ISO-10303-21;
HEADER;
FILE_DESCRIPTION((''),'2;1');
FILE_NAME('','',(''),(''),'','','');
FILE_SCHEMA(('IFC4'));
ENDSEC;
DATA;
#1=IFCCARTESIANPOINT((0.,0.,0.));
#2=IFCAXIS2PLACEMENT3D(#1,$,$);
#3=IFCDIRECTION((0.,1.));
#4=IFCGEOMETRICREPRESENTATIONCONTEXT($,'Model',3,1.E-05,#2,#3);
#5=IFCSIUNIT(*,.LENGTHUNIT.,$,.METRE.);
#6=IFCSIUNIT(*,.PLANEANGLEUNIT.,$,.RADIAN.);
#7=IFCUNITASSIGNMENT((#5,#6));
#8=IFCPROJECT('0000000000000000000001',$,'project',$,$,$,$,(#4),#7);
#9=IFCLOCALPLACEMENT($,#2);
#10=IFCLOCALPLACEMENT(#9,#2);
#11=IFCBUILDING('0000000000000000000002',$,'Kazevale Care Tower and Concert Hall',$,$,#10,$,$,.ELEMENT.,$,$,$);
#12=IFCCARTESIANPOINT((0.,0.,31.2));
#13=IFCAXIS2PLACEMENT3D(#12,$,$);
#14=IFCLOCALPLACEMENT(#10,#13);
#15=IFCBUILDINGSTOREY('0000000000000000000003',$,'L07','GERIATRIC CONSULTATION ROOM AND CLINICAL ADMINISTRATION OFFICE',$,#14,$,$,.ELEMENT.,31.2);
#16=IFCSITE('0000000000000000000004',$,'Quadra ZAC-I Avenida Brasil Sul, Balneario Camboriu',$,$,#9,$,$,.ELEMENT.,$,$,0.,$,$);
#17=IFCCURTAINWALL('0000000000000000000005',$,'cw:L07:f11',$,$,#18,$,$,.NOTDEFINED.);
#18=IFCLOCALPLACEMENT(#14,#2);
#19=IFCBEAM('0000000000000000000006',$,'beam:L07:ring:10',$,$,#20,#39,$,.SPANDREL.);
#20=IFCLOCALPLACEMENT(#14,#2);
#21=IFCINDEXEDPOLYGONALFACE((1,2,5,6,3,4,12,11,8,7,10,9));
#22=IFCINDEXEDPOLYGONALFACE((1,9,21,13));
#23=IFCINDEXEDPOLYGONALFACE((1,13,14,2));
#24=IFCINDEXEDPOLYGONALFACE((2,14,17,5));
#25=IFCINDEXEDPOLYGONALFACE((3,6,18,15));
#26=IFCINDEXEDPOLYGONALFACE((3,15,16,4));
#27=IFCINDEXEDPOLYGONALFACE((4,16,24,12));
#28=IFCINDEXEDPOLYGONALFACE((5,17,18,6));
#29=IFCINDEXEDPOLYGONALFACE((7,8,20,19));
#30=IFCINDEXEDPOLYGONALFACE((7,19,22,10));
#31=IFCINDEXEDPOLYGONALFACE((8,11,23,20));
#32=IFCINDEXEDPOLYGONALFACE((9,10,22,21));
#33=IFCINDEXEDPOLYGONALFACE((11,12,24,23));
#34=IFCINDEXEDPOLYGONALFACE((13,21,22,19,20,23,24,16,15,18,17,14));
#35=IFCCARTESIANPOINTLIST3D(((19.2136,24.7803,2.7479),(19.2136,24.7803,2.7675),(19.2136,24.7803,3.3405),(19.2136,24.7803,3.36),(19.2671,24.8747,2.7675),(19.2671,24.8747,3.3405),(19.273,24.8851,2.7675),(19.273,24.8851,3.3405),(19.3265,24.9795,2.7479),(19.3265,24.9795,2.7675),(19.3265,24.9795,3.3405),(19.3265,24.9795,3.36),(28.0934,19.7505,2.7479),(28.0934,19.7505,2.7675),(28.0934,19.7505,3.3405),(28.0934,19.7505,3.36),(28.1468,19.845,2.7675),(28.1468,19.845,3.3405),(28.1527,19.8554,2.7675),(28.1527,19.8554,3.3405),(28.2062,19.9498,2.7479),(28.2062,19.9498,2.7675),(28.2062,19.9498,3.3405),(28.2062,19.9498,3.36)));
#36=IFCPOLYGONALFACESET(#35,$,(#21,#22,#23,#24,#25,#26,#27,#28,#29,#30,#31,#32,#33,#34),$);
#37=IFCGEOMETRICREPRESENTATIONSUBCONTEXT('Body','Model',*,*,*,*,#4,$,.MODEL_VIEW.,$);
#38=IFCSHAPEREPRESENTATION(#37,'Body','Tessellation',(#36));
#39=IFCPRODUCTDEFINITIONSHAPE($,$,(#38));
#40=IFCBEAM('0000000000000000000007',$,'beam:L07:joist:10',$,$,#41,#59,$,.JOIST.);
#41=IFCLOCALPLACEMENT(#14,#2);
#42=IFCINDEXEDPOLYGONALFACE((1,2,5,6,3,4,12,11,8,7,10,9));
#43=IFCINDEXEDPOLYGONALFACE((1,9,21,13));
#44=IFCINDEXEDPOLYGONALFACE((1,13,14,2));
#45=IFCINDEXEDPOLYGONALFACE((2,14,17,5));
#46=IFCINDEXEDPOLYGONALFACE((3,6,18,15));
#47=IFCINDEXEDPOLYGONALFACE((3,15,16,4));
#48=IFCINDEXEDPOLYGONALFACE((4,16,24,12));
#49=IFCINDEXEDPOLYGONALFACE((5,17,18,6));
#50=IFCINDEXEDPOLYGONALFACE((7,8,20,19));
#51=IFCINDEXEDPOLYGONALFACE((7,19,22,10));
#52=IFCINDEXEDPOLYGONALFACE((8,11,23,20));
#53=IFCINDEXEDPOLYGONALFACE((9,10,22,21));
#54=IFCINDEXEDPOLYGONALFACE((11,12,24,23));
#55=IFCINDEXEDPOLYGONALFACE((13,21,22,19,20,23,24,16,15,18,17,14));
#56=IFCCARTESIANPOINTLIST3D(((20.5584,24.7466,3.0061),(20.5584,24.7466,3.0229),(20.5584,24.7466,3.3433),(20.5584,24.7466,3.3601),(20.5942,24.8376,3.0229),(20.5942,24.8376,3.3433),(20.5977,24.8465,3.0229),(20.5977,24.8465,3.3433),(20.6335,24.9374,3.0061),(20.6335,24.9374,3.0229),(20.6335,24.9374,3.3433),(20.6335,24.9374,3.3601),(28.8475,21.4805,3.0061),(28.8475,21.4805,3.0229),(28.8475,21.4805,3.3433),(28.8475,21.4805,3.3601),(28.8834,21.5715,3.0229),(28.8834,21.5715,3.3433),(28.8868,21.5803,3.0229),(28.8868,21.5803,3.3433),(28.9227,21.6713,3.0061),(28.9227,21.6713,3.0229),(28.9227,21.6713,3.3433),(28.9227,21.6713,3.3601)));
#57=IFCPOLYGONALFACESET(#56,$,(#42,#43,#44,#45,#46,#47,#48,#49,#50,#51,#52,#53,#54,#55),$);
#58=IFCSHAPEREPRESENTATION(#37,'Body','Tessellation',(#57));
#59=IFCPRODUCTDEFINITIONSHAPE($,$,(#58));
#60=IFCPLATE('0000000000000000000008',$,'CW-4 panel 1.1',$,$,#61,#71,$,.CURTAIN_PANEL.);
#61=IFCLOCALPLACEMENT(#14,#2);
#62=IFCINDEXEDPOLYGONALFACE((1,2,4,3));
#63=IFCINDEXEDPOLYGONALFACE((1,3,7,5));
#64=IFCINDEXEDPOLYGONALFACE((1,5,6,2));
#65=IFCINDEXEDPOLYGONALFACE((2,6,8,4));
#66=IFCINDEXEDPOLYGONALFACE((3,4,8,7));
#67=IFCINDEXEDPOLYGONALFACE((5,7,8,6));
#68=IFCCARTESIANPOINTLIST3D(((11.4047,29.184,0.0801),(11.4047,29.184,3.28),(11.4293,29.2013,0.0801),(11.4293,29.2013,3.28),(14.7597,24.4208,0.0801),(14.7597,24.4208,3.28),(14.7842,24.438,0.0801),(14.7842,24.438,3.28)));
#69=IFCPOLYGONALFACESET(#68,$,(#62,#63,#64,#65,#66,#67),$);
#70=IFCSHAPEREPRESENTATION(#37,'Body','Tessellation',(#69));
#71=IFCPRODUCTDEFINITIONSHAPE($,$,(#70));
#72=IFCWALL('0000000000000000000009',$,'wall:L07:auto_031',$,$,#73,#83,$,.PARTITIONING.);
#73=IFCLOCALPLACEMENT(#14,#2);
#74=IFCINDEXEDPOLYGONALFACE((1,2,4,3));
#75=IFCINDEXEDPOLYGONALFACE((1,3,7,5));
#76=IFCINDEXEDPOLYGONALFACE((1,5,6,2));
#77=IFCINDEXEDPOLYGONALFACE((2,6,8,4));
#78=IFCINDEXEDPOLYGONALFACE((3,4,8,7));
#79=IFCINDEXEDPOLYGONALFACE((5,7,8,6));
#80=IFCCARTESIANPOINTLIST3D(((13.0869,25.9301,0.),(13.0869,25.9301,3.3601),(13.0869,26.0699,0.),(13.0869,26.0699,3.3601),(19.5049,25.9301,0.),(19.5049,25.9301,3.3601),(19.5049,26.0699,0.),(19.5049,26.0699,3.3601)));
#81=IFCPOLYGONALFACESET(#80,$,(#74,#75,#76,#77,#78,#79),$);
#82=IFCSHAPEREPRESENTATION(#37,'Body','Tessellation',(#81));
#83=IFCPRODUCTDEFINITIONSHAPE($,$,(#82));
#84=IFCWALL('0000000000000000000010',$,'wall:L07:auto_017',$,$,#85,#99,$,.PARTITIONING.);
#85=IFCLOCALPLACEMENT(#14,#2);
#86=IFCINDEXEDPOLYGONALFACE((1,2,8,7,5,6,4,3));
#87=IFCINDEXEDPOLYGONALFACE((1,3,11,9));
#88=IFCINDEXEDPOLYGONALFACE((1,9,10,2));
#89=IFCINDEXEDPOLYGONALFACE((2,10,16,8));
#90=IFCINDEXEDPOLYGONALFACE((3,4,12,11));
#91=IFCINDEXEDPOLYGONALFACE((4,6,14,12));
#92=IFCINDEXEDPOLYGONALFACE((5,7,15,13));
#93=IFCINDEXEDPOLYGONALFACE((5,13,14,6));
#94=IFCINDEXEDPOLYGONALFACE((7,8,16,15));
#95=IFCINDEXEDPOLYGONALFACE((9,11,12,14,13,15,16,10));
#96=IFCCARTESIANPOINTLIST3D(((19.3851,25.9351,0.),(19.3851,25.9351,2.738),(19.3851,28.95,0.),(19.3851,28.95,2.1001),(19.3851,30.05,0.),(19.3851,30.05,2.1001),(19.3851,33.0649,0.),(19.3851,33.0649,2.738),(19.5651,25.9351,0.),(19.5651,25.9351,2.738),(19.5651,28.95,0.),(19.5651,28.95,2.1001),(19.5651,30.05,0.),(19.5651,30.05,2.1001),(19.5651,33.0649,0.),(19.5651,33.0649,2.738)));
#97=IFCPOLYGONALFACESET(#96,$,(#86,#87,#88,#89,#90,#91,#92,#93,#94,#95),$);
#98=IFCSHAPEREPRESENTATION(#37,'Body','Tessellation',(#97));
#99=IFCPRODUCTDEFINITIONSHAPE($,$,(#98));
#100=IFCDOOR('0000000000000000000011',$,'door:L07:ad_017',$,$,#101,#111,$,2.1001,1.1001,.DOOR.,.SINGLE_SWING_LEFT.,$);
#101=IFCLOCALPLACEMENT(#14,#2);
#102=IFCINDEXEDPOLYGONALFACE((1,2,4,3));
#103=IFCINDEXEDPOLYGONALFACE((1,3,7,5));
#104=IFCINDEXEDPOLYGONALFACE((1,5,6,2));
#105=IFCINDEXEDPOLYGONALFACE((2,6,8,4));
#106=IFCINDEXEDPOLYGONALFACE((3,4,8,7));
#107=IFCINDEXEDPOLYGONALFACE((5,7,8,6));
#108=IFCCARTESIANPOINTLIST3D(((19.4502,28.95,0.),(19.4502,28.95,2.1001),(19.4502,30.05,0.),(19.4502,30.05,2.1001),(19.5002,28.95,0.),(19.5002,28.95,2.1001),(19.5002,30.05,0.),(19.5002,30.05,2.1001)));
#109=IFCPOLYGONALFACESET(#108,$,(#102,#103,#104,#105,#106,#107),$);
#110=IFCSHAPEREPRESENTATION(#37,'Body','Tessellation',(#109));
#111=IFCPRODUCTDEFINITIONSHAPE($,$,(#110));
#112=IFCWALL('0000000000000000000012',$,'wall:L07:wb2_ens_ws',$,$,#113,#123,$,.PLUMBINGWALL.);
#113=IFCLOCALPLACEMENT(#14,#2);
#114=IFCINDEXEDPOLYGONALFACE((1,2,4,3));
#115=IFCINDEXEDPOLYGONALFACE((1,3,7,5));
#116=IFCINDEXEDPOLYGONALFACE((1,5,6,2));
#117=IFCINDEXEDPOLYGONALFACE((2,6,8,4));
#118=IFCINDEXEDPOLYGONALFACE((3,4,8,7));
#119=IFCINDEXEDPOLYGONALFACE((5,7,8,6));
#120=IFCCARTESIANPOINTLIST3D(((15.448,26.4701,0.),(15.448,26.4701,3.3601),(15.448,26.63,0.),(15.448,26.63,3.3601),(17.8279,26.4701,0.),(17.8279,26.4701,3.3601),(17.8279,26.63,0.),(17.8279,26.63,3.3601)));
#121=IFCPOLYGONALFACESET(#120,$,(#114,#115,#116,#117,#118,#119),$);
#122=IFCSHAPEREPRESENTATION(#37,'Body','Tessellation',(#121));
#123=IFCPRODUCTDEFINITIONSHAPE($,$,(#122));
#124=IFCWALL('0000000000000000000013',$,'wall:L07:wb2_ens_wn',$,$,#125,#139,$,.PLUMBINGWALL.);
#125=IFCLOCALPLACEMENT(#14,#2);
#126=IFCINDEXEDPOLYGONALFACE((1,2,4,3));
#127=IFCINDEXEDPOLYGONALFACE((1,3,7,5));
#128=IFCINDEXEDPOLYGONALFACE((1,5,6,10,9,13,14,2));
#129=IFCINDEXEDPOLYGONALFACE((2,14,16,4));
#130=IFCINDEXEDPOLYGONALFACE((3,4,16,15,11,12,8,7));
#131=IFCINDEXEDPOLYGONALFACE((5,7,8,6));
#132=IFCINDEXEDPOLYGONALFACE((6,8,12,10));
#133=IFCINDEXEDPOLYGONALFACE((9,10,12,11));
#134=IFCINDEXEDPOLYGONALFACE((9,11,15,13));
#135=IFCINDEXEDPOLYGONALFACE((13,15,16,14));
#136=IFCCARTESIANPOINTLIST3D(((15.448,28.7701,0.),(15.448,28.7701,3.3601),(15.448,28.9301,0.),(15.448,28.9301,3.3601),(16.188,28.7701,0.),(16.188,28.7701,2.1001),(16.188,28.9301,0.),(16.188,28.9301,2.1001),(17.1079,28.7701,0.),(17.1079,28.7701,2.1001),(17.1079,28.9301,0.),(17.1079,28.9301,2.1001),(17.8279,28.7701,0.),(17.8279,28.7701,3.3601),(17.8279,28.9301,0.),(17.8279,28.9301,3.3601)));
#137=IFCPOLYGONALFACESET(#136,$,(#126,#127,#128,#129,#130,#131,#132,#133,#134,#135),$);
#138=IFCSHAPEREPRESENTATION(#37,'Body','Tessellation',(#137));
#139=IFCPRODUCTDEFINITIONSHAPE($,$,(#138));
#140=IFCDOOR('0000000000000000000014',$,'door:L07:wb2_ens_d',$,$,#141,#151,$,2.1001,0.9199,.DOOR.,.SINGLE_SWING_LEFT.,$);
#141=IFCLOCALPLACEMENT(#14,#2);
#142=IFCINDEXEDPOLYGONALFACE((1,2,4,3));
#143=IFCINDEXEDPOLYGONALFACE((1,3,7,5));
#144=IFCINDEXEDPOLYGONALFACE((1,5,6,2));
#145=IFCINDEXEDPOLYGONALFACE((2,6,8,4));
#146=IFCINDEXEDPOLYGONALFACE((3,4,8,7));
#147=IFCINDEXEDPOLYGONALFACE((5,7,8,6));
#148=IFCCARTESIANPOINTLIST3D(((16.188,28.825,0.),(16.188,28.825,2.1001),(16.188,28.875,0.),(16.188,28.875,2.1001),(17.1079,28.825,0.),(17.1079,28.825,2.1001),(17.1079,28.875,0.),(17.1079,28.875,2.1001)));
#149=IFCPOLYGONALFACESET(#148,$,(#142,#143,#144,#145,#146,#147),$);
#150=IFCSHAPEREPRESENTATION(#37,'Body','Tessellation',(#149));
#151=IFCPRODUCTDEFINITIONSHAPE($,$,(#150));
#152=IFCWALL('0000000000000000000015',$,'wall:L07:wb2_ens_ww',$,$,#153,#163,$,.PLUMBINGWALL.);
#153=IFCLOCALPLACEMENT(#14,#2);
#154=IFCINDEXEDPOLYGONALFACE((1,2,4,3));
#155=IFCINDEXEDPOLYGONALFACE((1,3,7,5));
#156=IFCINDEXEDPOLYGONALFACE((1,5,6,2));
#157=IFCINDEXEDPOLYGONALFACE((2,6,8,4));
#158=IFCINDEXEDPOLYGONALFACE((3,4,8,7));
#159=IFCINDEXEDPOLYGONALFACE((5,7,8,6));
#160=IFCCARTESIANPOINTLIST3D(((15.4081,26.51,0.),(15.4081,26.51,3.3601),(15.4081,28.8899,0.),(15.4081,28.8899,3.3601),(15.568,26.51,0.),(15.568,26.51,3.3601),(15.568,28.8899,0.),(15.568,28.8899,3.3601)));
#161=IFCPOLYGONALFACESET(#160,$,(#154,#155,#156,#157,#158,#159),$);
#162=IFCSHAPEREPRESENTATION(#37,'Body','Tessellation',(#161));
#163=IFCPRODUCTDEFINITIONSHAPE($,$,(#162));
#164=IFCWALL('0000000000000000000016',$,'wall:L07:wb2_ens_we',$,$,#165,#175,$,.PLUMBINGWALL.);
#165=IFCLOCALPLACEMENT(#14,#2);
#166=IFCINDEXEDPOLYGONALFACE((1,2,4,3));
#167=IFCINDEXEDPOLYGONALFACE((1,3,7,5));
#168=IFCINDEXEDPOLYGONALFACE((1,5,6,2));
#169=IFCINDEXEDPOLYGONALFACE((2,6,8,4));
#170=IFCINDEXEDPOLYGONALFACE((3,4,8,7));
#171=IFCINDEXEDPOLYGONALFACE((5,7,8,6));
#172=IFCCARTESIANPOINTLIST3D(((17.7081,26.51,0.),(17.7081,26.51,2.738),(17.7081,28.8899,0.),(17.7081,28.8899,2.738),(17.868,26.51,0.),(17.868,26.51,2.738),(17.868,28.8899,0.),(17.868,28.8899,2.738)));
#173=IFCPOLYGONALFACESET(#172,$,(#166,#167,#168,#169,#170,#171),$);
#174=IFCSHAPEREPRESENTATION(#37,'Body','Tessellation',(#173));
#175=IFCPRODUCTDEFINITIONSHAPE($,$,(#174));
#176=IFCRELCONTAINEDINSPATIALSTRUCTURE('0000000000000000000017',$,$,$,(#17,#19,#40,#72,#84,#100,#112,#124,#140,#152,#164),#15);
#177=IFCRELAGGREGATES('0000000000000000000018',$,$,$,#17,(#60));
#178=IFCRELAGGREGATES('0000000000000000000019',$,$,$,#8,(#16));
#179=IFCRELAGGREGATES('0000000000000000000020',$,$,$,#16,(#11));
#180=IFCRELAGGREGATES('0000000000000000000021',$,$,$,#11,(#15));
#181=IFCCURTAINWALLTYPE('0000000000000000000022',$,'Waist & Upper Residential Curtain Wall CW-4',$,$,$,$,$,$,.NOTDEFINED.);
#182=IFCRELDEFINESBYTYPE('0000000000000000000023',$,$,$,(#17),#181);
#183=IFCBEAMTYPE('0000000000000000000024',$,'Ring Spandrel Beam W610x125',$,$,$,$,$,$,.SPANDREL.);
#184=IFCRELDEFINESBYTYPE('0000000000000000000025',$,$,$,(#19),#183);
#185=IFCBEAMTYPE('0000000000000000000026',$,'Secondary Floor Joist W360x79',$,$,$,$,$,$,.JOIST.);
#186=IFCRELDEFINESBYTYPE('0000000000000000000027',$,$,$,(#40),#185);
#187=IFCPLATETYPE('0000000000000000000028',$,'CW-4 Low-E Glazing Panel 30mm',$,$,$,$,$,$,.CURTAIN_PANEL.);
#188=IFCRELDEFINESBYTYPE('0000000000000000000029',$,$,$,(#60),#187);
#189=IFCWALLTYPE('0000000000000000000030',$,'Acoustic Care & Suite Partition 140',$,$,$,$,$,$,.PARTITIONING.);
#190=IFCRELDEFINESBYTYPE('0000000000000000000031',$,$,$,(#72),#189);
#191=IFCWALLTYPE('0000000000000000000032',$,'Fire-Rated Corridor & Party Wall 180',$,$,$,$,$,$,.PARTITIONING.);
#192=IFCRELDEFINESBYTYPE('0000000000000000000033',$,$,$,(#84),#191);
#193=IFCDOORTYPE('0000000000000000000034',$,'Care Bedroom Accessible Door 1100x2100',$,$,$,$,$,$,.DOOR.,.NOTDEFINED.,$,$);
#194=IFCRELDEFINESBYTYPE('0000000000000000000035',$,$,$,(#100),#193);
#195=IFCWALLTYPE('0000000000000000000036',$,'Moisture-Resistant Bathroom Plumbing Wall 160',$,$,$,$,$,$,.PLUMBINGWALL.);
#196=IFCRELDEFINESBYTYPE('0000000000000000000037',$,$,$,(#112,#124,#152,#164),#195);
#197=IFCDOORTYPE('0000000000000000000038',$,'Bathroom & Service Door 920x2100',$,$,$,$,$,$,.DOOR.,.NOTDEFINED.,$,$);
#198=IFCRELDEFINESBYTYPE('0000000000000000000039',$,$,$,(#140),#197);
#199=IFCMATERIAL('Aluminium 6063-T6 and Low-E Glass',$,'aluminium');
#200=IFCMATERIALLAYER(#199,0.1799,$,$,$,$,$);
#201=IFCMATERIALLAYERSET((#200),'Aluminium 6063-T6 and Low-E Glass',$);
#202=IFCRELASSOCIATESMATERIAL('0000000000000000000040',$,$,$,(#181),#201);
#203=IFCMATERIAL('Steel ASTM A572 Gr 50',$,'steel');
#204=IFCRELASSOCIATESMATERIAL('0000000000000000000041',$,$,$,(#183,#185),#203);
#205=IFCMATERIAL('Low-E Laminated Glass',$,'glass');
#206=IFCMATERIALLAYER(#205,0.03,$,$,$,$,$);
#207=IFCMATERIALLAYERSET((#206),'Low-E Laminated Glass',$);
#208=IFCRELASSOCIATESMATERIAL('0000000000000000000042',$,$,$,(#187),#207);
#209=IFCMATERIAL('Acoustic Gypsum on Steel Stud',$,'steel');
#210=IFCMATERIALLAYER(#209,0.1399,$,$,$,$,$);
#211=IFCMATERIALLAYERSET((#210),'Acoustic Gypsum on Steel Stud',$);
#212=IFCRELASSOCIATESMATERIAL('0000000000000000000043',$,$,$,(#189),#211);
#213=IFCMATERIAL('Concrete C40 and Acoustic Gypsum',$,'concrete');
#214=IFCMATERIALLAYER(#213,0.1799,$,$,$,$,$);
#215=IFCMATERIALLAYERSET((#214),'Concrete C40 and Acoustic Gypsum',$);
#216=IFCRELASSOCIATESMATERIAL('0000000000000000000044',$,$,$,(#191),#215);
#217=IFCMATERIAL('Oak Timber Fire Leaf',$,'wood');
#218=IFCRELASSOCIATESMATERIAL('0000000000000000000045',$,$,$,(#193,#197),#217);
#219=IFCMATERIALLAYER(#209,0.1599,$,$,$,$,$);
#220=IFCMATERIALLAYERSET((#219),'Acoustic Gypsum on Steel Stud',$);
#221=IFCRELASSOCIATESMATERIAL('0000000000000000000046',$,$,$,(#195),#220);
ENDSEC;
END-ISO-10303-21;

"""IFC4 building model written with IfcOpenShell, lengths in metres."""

from ifc_helpers import new_model, si_unit, direction, frame, frame_2d, origin, origin_2d, place, context, subcontext, project, spatial, rectangle, i_section, extrude, material, layer, layer_set, material_profile, profile_set, type_object, element, fill, aggregate, save


model = new_model("IFC4")

# Units and contexts
model_context = context("Model", 3, precision=1e-05, world=origin(), true_north=direction((0.0, 1.0)))
body_context = subcontext(model_context, "Body", "Model", "MODEL_VIEW")
ifc_project = project(units=[si_unit("LENGTHUNIT", "METRE"), si_unit("PLANEANGLEUNIT", "RADIAN")], contexts=[model_context])

# Site, building, storey
site_placement = place(None, origin())
site = spatial("IfcSite", under=ifc_project, at=site_placement, Name="Quadra ZAC-I Avenida Brasil Sul, Balneario Camboriu", CompositionType="ELEMENT", RefElevation=0.0)
building_placement = place(site_placement, origin())
building = spatial("IfcBuilding", under=site, at=building_placement, Name="Kazevale Care Tower and Concert Hall", CompositionType="ELEMENT")
storey_placement = place(building_placement, frame((0.0, 0.0, 31.2)))
storey = spatial("IfcBuildingStorey", under=building, at=storey_placement, Name="L07", Description="GERIATRIC CONSULTATION ROOM AND CLINICAL ADMINISTRATION OFFICE", CompositionType="ELEMENT", Elevation=31.2)

# Curtain wall
ifc_material_1 = material(Name="Aluminium 6063-T6 and Low-E Glass", Category="aluminium")
ifc_layer_1 = layer(ifc_material_1, 0.1799)
ifc_layer_set_1 = layer_set([ifc_layer_1], Name="Aluminium 6063-T6 and Low-E Glass")
curtain_wall_type_1 = type_object("IfcCurtainWallType", Name="Waist & Upper Residential Curtain Wall CW-4", PredefinedType="NOTDEFINED", material=ifc_layer_set_1)
curtain_wall_1_placement = place(storey_placement, origin())
curtain_wall_1 = element("IfcCurtainWall", 1, at=curtain_wall_1_placement, inside=storey, type_object=curtain_wall_type_1, Name="cw:L07:f11", PredefinedType="NOTDEFINED")

# Beams
ifc_material_2 = material(Name="Steel ASTM A572 Gr 50", Category="steel")
ifc_material_profile_1 = material_profile(ifc_material_2, i_section(OverallWidth=0.229, OverallDepth=0.6121, WebThickness=0.012, FlangeThickness=0.0195, at=origin_2d()), Name="W610x125")
ifc_profile_set_1 = profile_set([ifc_material_profile_1], Name="Steel ASTM A572 Gr 50")
beam_type_1 = type_object("IfcBeamType", Name="Ring Spandrel Beam W610x125", PredefinedType="SPANDREL", material=ifc_profile_set_1)
beam_1_placement = place(storey_placement, frame((19.27, 24.8799, 3.054), z_axis=(0.870112, -0.492853, 0.0), x_axis=(0.492853, 0.870112, 0.0)))
element("IfcBeam", 2, at=beam_1_placement, inside=storey, type_object=beam_type_1, Name="beam:L07:ring:10", PredefinedType="SPANDREL", context=body_context, shape_type="SweptSolid", body=[
    extrude(i_section(OverallWidth=0.229, OverallDepth=0.6121, WebThickness=0.012, FlangeThickness=0.0195, at=origin_2d()), origin(), (0.0, 0.0, 1.0), 10.2053),
])
ifc_material_profile_2 = material_profile(ifc_material_2, i_section(OverallWidth=0.2051, OverallDepth=0.354, WebThickness=0.0095, FlangeThickness=0.0168, at=origin_2d()), Name="W360x79")
ifc_profile_set_2 = profile_set([ifc_material_profile_2], Name="Steel ASTM A572 Gr 50")
beam_type_2 = type_object("IfcBeamType", Name="Secondary Floor Joist W360x79", PredefinedType="JOIST", material=ifc_profile_set_2)
beam_2_placement = place(storey_placement, frame((20.5959, 24.842, 3.1831), z_axis=(0.930381, -0.366595, 0.0), x_axis=(0.366595, 0.930381, 0.0)))
element("IfcBeam", 3, at=beam_2_placement, inside=storey, type_object=beam_type_2, Name="beam:L07:joist:10", PredefinedType="JOIST", context=body_context, shape_type="SweptSolid", body=[
    extrude(i_section(OverallWidth=0.2051, OverallDepth=0.354, WebThickness=0.0095, FlangeThickness=0.0168, at=origin_2d()), origin(), (0.0, 0.0, 1.0), 8.9094),
])

# Plate
ifc_material_3 = material(Name="Low-E Laminated Glass", Category="glass")
ifc_layer_2 = layer(ifc_material_3, 0.03)
ifc_layer_set_2 = layer_set([ifc_layer_2], Name="Low-E Laminated Glass")
plate_type = type_object("IfcPlateType", Name="CW-4 Low-E Glazing Panel 30mm", PredefinedType="CURTAIN_PANEL", material=ifc_layer_set_2)
plate_placement = place(storey_placement, frame((13.0945, 26.811, 0.0801), z_axis=(0.0, 0.0, 1.0), x_axis=(-0.575837, 0.817565, 0.0)))
plate = element("IfcPlate", 4, at=plate_placement, type_object=plate_type, Name="CW-4 panel 1.1", PredefinedType="CURTAIN_PANEL", context=body_context, shape_type="SweptSolid", body=[
    extrude(rectangle(XDim=5.8262, YDim=0.03, at=origin_2d()), origin(), (0.0, 0.0, 1.0), 3.2),
])
aggregate(curtain_wall_1, [plate])

# Wall
ifc_material_4 = material(Name="Acoustic Gypsum on Steel Stud", Category="steel")
ifc_layer_3 = layer(ifc_material_4, 0.1399)
ifc_layer_set_3 = layer_set([ifc_layer_3], Name="Acoustic Gypsum on Steel Stud")
wall_type_1 = type_object("IfcWallType", Name="Acoustic Care & Suite Partition 140", PredefinedType="PARTITIONING", material=ifc_layer_set_3)
wall_1_placement = place(storey_placement, frame((13.0869, 26.0, 0.0), z_axis=(0.0, 0.0, 1.0), x_axis=(1.0, 0.0, 0.0)))
element("IfcWall", 5, at=wall_1_placement, inside=storey, type_object=wall_type_1, Name="wall:L07:auto_031", PredefinedType="PARTITIONING", context=body_context, shape_type="SweptSolid", body=[
    extrude(rectangle(XDim=6.418, YDim=0.1399, at=frame_2d((3.209, 0.0))), origin(), (0.0, 0.0, 1.0), 3.3601),
])

# Wall, opening, door
ifc_material_5 = material(Name="Concrete C40 and Acoustic Gypsum", Category="concrete")
ifc_layer_4 = layer(ifc_material_5, 0.1799)
ifc_layer_set_4 = layer_set([ifc_layer_4], Name="Concrete C40 and Acoustic Gypsum")
wall_type_2 = type_object("IfcWallType", Name="Fire-Rated Corridor & Party Wall 180", PredefinedType="PARTITIONING", material=ifc_layer_set_4)
wall_2_placement = place(storey_placement, frame((19.4751, 25.9351, 0.0), z_axis=(0.0, 0.0, 1.0), x_axis=(0.0, 1.0, 0.0)))
wall_2 = element("IfcWall", 6, at=wall_2_placement, inside=storey, type_object=wall_type_2, Name="wall:L07:auto_017", PredefinedType="PARTITIONING", context=body_context, shape_type="SweptSolid", body=[
    extrude(rectangle(XDim=7.1299, YDim=0.1799, at=frame_2d((3.5649, 0.0))), origin(), (0.0, 0.0, 1.0), 2.738),
])
opening_1_placement = place(wall_2_placement, frame((3.0149, 0.0, 0.0)))
opening_1 = element("IfcOpeningElement", 7, at=opening_1_placement, cuts=wall_2, PredefinedType="OPENING", context=body_context, shape_type="SweptSolid", body=[
    extrude(rectangle(XDim=1.1001, YDim=2.1001, at=frame_2d((0.55, 1.05))), frame((0.0, 0.0999, 0.0), z_axis=(0.0, -1.0, 0.0), x_axis=(1.0, 0.0, 0.0)), (0.0, 0.0, 1.0), 0.2),
])
ifc_material_6 = material(Name="Oak Timber Fire Leaf", Category="wood")
door_type_1 = type_object("IfcDoorType", Name="Care Bedroom Accessible Door 1100x2100", OperationType="NOTDEFINED", PredefinedType="DOOR", material=ifc_material_6)
door_1_placement = place(opening_1_placement, origin())
door_1 = element("IfcDoor", 8, at=door_1_placement, inside=storey, type_object=door_type_1, Name="door:L07:ad_017", OperationType="SINGLE_SWING_LEFT", OverallHeight=2.1001, OverallWidth=1.1001, PredefinedType="DOOR", context=body_context, shape_type="SweptSolid", body=[
    extrude(rectangle(XDim=1.1001, YDim=2.1001, at=frame_2d((0.55, 1.05))), frame((0.0, 0.0249, 0.0), z_axis=(0.0, -1.0, 0.0), x_axis=(1.0, 0.0, 0.0)), (0.0, 0.0, 1.0), 0.05),
])
fill(opening_1, door_1)

# Wall
ifc_layer_5 = layer(ifc_material_4, 0.1599)
ifc_layer_set_5 = layer_set([ifc_layer_5], Name="Acoustic Gypsum on Steel Stud")
wall_type_3 = type_object("IfcWallType", Name="Moisture-Resistant Bathroom Plumbing Wall 160", PredefinedType="PLUMBINGWALL", material=ifc_layer_set_5)
wall_3_placement = place(storey_placement, frame((15.448, 26.55, 0.0), z_axis=(0.0, 0.0, 1.0), x_axis=(1.0, 0.0, 0.0)))
element("IfcWall", 9, at=wall_3_placement, inside=storey, type_object=wall_type_3, Name="wall:L07:wb2_ens_ws", PredefinedType="PLUMBINGWALL", context=body_context, shape_type="SweptSolid", body=[
    extrude(rectangle(XDim=2.3799, YDim=0.1599, at=frame_2d((1.1899, 0.0))), origin(), (0.0, 0.0, 1.0), 3.3601),
])

# Wall, opening, door
wall_4_placement = place(storey_placement, frame((15.448, 28.8501, 0.0), z_axis=(0.0, 0.0, 1.0), x_axis=(1.0, 0.0, 0.0)))
wall_4 = element("IfcWall", 10, at=wall_4_placement, inside=storey, type_object=wall_type_3, Name="wall:L07:wb2_ens_wn", PredefinedType="PLUMBINGWALL", context=body_context, shape_type="SweptSolid", body=[
    extrude(rectangle(XDim=2.3799, YDim=0.1599, at=frame_2d((1.1899, 0.0))), origin(), (0.0, 0.0, 1.0), 3.3601),
])
opening_2_placement = place(wall_4_placement, frame((0.74, 0.0, 0.0)))
opening_2 = element("IfcOpeningElement", 11, at=opening_2_placement, cuts=wall_4, PredefinedType="OPENING", context=body_context, shape_type="SweptSolid", body=[
    extrude(rectangle(XDim=0.9199, YDim=2.1001, at=frame_2d((0.46, 1.05))), frame((0.0, 0.0898, 0.0), z_axis=(0.0, -1.0, 0.0), x_axis=(1.0, 0.0, 0.0)), (0.0, 0.0, 1.0), 0.1799),
])
door_type_2 = type_object("IfcDoorType", Name="Bathroom & Service Door 920x2100", OperationType="NOTDEFINED", PredefinedType="DOOR", material=ifc_material_6)
door_2_placement = place(opening_2_placement, origin())
door_2 = element("IfcDoor", 12, at=door_2_placement, inside=storey, type_object=door_type_2, Name="door:L07:wb2_ens_d", OperationType="SINGLE_SWING_LEFT", OverallHeight=2.1001, OverallWidth=0.9199, PredefinedType="DOOR", context=body_context, shape_type="SweptSolid", body=[
    extrude(rectangle(XDim=0.9199, YDim=2.1001, at=frame_2d((0.46, 1.05))), frame((0.0, 0.0249, 0.0), z_axis=(0.0, -1.0, 0.0), x_axis=(1.0, 0.0, 0.0)), (0.0, 0.0, 1.0), 0.05),
])
fill(opening_2, door_2)

# Walls
wall_5_placement = place(storey_placement, frame((15.488, 26.51, 0.0), z_axis=(0.0, 0.0, 1.0), x_axis=(0.0, 1.0, 0.0)))
element("IfcWall", 13, at=wall_5_placement, inside=storey, type_object=wall_type_3, Name="wall:L07:wb2_ens_ww", PredefinedType="PLUMBINGWALL", context=body_context, shape_type="SweptSolid", body=[
    extrude(rectangle(XDim=2.3799, YDim=0.1599, at=frame_2d((1.1899, 0.0))), origin(), (0.0, 0.0, 1.0), 3.3601),
])
wall_6_placement = place(storey_placement, frame((17.7881, 26.51, 0.0), z_axis=(0.0, 0.0, 1.0), x_axis=(0.0, 1.0, 0.0)))
element("IfcWall", 14, at=wall_6_placement, inside=storey, type_object=wall_type_3, Name="wall:L07:wb2_ens_we", PredefinedType="PLUMBINGWALL", context=body_context, shape_type="SweptSolid", body=[
    extrude(rectangle(XDim=2.3799, YDim=0.1599, at=frame_2d((1.1899, 0.0))), origin(), (0.0, 0.0, 1.0), 2.738),
])

save(model, "model.ifc")
